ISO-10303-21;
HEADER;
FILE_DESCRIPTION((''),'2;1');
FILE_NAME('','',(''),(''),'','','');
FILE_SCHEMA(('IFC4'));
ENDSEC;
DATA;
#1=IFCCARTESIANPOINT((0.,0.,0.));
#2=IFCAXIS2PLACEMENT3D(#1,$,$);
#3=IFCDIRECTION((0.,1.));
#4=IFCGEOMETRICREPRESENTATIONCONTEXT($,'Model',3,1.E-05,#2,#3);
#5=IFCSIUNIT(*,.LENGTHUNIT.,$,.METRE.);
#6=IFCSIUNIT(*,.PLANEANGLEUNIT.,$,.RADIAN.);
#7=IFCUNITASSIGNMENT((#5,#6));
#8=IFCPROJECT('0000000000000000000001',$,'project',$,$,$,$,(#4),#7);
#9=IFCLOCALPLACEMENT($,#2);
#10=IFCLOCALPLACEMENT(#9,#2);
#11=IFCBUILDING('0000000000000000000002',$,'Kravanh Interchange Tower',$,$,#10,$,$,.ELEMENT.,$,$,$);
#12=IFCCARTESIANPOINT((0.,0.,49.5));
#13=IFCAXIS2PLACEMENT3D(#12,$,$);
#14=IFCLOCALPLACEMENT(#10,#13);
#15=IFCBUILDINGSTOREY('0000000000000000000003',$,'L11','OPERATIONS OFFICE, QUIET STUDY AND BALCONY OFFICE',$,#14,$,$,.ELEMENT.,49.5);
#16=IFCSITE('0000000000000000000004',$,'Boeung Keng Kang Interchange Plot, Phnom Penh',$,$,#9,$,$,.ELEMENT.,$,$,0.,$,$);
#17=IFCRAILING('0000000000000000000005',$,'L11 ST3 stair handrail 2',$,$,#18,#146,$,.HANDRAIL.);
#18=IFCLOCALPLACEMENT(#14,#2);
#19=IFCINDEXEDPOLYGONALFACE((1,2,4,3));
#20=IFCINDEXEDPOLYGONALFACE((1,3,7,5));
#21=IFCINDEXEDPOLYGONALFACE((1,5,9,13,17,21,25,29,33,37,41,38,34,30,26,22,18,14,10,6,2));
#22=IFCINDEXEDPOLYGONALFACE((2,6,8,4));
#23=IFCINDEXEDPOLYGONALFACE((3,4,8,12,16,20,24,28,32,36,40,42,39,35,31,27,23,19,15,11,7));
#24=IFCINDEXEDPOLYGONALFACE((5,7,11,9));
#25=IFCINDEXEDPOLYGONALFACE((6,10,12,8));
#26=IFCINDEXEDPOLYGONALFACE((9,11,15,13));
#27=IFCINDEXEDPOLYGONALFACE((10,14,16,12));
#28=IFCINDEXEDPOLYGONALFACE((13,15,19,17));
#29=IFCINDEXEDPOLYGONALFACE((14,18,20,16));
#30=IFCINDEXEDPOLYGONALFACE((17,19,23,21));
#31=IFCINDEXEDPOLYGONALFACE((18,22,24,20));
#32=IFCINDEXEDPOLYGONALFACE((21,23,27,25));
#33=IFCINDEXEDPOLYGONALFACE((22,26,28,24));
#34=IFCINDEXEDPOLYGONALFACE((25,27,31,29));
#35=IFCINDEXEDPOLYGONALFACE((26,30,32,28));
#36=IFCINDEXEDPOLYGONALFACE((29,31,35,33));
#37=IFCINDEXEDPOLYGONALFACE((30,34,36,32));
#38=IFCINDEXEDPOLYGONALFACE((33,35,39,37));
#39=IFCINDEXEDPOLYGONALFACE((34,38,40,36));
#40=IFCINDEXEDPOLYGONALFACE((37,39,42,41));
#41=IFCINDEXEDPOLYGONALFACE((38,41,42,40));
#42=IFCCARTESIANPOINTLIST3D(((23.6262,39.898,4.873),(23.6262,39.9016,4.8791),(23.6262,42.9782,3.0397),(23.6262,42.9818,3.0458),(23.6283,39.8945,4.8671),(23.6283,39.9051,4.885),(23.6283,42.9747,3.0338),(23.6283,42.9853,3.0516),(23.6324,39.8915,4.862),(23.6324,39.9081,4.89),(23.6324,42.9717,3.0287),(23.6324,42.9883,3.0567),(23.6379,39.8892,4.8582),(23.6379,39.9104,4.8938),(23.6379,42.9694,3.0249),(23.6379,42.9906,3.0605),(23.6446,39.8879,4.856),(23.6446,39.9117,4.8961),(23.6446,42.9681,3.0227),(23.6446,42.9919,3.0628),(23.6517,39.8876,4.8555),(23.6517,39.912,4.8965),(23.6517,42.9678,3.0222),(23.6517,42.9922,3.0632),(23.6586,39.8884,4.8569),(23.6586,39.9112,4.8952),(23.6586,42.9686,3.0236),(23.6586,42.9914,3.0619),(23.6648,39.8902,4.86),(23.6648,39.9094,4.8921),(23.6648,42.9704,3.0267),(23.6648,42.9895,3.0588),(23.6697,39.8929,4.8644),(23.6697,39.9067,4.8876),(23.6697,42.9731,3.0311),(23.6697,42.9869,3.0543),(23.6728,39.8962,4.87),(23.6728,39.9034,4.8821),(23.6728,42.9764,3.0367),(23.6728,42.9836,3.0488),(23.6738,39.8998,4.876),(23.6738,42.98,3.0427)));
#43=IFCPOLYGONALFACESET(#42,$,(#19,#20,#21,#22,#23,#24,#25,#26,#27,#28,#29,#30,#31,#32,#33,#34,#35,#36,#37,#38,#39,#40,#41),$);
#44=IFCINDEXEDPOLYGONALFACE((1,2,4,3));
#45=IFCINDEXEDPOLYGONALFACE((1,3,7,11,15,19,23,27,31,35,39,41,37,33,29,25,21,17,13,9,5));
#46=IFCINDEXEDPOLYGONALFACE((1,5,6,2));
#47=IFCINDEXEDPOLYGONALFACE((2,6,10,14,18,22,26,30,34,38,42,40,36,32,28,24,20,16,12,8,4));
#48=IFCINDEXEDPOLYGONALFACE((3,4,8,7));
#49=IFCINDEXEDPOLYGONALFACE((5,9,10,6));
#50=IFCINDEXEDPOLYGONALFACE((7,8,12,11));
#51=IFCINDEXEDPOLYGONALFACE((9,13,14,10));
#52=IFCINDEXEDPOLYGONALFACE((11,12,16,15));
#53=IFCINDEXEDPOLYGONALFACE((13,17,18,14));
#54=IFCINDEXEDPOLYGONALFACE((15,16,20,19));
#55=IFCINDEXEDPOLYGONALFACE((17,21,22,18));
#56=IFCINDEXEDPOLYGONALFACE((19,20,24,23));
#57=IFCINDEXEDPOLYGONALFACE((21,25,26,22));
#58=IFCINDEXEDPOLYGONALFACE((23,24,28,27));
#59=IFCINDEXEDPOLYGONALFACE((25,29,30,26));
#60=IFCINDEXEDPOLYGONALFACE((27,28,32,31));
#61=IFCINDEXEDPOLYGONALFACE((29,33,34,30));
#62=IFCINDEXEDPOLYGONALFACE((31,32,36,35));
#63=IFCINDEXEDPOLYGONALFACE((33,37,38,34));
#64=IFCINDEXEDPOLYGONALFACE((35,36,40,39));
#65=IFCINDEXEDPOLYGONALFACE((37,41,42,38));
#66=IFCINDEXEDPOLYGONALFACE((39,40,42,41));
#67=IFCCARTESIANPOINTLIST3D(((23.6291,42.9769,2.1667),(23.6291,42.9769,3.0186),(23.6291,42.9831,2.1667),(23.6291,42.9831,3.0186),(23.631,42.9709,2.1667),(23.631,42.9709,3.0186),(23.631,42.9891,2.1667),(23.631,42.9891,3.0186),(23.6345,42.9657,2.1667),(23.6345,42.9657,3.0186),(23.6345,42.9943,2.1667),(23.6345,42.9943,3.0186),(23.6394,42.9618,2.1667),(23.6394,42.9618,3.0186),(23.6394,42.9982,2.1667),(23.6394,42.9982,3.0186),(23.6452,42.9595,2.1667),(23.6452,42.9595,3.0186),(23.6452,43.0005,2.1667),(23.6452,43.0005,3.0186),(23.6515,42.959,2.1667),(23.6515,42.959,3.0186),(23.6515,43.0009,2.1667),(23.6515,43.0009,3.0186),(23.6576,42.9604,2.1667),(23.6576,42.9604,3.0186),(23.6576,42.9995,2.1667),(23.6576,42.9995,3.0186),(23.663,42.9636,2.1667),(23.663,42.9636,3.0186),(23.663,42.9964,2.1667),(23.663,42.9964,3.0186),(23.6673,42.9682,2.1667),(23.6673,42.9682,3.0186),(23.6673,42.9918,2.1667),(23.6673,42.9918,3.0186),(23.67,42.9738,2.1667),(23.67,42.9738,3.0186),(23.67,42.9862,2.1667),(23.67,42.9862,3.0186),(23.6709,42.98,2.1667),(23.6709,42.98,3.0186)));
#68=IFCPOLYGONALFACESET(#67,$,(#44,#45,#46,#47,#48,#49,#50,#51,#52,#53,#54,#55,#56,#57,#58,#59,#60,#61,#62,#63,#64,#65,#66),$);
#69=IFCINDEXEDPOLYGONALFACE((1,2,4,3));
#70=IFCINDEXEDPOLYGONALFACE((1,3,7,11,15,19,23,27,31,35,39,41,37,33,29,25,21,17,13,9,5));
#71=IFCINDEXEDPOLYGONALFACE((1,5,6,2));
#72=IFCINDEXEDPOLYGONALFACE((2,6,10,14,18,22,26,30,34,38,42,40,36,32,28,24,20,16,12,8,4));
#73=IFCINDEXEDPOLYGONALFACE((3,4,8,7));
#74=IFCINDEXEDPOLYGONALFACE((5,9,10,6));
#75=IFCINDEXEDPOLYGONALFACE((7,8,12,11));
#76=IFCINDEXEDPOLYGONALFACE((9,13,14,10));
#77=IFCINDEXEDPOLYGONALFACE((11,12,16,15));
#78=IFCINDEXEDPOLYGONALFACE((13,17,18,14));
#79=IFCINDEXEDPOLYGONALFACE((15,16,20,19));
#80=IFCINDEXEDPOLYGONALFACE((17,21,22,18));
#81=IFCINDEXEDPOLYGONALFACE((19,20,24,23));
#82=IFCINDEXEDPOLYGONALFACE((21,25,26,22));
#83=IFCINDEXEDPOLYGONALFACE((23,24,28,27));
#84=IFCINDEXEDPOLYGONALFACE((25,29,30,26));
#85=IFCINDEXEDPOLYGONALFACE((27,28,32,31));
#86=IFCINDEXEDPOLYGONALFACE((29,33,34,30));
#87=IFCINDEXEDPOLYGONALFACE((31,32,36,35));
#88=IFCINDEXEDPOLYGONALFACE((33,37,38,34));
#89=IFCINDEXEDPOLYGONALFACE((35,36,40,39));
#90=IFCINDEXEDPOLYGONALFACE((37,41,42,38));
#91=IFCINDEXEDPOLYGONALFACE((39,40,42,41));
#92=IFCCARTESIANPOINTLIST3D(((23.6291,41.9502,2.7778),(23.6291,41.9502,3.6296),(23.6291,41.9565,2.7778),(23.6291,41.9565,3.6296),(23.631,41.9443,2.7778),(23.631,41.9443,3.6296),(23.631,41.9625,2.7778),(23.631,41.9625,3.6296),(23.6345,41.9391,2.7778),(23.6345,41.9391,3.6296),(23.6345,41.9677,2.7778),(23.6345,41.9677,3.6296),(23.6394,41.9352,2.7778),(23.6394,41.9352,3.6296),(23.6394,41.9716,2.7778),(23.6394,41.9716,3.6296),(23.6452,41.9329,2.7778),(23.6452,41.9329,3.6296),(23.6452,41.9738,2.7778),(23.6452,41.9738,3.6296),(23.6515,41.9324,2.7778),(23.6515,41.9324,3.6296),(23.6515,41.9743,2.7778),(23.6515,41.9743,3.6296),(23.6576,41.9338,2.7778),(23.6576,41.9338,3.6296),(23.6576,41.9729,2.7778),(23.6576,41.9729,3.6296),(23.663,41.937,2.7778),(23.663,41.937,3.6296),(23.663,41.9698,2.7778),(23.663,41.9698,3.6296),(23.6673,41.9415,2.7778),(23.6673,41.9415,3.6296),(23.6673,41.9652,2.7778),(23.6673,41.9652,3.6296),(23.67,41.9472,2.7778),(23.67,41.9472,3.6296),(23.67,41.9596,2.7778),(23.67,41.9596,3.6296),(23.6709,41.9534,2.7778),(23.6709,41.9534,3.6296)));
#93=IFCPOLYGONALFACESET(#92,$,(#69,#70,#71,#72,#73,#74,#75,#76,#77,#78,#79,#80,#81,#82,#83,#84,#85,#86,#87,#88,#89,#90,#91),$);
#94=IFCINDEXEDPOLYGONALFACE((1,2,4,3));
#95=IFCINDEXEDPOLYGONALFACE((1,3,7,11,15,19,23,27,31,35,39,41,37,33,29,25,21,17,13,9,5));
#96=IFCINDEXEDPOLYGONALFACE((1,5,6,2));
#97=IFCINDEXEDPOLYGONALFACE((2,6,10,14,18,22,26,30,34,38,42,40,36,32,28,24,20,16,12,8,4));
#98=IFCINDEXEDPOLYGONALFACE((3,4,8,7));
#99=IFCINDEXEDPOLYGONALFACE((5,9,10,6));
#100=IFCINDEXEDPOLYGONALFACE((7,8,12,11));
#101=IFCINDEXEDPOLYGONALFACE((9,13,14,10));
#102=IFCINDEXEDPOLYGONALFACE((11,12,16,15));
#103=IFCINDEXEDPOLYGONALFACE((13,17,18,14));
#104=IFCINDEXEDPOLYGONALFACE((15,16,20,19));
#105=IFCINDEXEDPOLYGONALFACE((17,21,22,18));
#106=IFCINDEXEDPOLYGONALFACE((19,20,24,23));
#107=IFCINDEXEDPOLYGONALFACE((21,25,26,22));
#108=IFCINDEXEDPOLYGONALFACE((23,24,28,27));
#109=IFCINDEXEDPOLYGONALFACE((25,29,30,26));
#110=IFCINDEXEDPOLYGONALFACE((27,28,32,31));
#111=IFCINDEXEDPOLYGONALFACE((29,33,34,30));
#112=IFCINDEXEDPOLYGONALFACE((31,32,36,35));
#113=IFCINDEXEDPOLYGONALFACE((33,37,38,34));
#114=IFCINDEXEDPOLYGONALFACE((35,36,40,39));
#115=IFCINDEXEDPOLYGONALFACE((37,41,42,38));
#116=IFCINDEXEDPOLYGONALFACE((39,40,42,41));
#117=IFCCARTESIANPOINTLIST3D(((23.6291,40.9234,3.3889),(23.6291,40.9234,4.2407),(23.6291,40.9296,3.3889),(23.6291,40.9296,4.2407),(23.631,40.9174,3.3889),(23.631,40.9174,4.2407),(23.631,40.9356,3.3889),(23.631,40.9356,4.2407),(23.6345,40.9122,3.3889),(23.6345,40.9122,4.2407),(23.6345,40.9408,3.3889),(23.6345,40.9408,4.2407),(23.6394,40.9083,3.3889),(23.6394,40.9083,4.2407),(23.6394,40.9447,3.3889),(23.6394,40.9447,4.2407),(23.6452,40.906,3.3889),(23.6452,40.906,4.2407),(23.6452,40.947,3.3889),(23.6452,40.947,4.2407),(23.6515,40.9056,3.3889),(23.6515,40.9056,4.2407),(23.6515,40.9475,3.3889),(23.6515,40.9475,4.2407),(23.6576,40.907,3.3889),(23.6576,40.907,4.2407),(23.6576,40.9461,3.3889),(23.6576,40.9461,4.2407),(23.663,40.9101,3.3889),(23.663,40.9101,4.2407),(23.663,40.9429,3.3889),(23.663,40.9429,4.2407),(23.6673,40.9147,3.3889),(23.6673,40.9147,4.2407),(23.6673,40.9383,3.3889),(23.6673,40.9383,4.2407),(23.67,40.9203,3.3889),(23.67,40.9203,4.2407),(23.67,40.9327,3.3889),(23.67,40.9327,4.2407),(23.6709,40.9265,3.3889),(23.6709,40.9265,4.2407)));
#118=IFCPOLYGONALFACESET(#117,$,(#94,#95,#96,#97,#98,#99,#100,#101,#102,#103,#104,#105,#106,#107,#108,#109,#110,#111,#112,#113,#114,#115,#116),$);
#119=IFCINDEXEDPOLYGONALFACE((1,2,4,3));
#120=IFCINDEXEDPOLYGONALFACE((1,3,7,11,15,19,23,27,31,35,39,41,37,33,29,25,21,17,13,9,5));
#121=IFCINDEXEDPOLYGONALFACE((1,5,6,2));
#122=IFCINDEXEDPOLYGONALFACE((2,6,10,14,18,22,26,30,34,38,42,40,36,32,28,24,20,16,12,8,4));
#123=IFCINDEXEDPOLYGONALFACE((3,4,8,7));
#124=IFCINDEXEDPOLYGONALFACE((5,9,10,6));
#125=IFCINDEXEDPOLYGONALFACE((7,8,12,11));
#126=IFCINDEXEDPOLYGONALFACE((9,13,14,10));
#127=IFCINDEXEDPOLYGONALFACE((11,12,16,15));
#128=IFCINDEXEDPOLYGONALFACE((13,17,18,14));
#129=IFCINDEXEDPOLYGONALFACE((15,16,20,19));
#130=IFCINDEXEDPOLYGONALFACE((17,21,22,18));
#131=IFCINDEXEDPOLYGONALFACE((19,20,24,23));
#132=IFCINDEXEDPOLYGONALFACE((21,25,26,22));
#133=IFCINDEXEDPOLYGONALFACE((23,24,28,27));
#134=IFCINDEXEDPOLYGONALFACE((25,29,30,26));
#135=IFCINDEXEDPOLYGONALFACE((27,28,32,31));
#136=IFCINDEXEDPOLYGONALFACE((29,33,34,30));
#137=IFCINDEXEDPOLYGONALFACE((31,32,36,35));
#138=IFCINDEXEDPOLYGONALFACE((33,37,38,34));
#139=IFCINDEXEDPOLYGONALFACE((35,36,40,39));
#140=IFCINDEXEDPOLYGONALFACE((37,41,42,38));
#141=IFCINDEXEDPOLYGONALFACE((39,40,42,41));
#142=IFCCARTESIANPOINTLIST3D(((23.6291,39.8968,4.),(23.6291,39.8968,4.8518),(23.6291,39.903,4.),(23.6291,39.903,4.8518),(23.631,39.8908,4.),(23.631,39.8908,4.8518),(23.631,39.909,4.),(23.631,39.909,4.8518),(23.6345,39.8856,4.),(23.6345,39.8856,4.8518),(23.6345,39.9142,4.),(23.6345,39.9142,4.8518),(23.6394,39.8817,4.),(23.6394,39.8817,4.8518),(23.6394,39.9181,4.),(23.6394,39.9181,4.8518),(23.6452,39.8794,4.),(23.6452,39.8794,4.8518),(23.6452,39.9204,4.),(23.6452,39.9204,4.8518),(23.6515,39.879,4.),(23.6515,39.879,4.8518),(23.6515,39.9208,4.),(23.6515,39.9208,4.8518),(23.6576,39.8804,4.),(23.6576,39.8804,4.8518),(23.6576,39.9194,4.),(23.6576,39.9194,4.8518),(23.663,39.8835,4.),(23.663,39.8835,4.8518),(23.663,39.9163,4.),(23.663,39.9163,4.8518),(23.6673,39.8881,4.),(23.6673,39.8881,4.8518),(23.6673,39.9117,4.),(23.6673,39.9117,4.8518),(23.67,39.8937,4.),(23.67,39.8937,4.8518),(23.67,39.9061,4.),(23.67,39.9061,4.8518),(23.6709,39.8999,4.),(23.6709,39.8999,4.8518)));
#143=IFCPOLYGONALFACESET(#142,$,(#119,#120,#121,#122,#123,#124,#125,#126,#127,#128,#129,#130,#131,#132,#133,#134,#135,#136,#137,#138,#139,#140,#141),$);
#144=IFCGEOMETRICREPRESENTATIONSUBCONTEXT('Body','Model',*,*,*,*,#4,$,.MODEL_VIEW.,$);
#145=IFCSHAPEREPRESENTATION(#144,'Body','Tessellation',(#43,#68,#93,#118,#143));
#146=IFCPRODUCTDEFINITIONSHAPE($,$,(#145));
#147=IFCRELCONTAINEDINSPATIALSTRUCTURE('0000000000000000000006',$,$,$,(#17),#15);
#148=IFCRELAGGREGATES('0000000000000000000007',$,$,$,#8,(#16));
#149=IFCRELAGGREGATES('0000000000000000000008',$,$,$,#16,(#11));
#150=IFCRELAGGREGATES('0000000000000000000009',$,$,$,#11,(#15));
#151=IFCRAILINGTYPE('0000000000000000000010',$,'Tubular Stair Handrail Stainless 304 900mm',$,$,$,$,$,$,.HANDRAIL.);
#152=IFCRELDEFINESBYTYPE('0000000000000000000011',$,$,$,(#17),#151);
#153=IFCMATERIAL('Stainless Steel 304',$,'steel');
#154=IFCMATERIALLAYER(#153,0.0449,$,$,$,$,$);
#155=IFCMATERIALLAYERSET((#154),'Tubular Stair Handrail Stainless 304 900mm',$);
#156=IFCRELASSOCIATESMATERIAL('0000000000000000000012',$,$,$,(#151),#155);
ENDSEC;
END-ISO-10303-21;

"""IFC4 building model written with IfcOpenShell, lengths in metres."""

from ifc_helpers import new_model, si_unit, direction, frame, origin, origin_2d, place, context, subcontext, project, spatial, circle, extrude, material, layer, layer_set, type_object, element, save


model = new_model("IFC4")

# Units and contexts
model_context = context("Model", 3, precision=1e-05, world=origin(), true_north=direction((0.0, 1.0)))
body_context = subcontext(model_context, "Body", "Model", "MODEL_VIEW")
ifc_project = project(units=[si_unit("LENGTHUNIT", "METRE"), si_unit("PLANEANGLEUNIT", "RADIAN")], contexts=[model_context])

# Site, building, storey
site_placement = place(None, origin())
site = spatial("IfcSite", under=ifc_project, at=site_placement, Name="Boeung Keng Kang Interchange Plot, Phnom Penh", CompositionType="ELEMENT", RefElevation=0.0)
building_placement = place(site_placement, origin())
building = spatial("IfcBuilding", under=site, at=building_placement, Name="Kravanh Interchange Tower", CompositionType="ELEMENT")
storey_placement = place(building_placement, frame((0.0, 0.0, 49.5)))
storey = spatial("IfcBuildingStorey", under=building, at=storey_placement, Name="L11", Description="OPERATIONS OFFICE, QUIET STUDY AND BALCONY OFFICE", CompositionType="ELEMENT", Elevation=49.5)

# Railing
ifc_material_1 = material(Name="Stainless Steel 304", Category="steel")
ifc_layer_1 = layer(ifc_material_1, 0.0449)
ifc_layer_set_1 = layer_set([ifc_layer_1], Name="Tubular Stair Handrail Stainless 304 900mm")
railing_type_1 = type_object("IfcRailingType", Name="Tubular Stair Handrail Stainless 304 900mm", PredefinedType="HANDRAIL", material=ifc_layer_set_1)
railing_1_placement = place(storey_placement, frame((23.6499, 42.98, 2.1667)))
element("IfcRailing", 1, at=railing_1_placement, inside=storey, type_object=railing_type_1, Name="L11 ST3 stair handrail 2", PredefinedType="HANDRAIL", context=body_context, shape_type="SweptSolid", body=[
    extrude(circle(Radius=0.0239, at=origin_2d()), frame((0.0, 0.0, 0.876), z_axis=(0.0, -0.859309, 0.511458), x_axis=(1.0, 0.0, 0.0)), (0.0, 0.0, 1.0), 3.5845),
    extrude(circle(Radius=0.021, at=origin_2d()), origin(), (0.0, 0.0, 1.0), 0.8518),
    extrude(circle(Radius=0.021, at=origin_2d()), frame((0.0, -1.0266, 0.6111)), (0.0, 0.0, 1.0), 0.8518),
    extrude(circle(Radius=0.021, at=origin_2d()), frame((0.0, -2.0535, 1.2222)), (0.0, 0.0, 1.0), 0.8518),
    extrude(circle(Radius=0.021, at=origin_2d()), frame((0.0, -3.0801, 1.8333)), (0.0, 0.0, 1.0), 0.8518),
])

save(model, "model.ifc")
